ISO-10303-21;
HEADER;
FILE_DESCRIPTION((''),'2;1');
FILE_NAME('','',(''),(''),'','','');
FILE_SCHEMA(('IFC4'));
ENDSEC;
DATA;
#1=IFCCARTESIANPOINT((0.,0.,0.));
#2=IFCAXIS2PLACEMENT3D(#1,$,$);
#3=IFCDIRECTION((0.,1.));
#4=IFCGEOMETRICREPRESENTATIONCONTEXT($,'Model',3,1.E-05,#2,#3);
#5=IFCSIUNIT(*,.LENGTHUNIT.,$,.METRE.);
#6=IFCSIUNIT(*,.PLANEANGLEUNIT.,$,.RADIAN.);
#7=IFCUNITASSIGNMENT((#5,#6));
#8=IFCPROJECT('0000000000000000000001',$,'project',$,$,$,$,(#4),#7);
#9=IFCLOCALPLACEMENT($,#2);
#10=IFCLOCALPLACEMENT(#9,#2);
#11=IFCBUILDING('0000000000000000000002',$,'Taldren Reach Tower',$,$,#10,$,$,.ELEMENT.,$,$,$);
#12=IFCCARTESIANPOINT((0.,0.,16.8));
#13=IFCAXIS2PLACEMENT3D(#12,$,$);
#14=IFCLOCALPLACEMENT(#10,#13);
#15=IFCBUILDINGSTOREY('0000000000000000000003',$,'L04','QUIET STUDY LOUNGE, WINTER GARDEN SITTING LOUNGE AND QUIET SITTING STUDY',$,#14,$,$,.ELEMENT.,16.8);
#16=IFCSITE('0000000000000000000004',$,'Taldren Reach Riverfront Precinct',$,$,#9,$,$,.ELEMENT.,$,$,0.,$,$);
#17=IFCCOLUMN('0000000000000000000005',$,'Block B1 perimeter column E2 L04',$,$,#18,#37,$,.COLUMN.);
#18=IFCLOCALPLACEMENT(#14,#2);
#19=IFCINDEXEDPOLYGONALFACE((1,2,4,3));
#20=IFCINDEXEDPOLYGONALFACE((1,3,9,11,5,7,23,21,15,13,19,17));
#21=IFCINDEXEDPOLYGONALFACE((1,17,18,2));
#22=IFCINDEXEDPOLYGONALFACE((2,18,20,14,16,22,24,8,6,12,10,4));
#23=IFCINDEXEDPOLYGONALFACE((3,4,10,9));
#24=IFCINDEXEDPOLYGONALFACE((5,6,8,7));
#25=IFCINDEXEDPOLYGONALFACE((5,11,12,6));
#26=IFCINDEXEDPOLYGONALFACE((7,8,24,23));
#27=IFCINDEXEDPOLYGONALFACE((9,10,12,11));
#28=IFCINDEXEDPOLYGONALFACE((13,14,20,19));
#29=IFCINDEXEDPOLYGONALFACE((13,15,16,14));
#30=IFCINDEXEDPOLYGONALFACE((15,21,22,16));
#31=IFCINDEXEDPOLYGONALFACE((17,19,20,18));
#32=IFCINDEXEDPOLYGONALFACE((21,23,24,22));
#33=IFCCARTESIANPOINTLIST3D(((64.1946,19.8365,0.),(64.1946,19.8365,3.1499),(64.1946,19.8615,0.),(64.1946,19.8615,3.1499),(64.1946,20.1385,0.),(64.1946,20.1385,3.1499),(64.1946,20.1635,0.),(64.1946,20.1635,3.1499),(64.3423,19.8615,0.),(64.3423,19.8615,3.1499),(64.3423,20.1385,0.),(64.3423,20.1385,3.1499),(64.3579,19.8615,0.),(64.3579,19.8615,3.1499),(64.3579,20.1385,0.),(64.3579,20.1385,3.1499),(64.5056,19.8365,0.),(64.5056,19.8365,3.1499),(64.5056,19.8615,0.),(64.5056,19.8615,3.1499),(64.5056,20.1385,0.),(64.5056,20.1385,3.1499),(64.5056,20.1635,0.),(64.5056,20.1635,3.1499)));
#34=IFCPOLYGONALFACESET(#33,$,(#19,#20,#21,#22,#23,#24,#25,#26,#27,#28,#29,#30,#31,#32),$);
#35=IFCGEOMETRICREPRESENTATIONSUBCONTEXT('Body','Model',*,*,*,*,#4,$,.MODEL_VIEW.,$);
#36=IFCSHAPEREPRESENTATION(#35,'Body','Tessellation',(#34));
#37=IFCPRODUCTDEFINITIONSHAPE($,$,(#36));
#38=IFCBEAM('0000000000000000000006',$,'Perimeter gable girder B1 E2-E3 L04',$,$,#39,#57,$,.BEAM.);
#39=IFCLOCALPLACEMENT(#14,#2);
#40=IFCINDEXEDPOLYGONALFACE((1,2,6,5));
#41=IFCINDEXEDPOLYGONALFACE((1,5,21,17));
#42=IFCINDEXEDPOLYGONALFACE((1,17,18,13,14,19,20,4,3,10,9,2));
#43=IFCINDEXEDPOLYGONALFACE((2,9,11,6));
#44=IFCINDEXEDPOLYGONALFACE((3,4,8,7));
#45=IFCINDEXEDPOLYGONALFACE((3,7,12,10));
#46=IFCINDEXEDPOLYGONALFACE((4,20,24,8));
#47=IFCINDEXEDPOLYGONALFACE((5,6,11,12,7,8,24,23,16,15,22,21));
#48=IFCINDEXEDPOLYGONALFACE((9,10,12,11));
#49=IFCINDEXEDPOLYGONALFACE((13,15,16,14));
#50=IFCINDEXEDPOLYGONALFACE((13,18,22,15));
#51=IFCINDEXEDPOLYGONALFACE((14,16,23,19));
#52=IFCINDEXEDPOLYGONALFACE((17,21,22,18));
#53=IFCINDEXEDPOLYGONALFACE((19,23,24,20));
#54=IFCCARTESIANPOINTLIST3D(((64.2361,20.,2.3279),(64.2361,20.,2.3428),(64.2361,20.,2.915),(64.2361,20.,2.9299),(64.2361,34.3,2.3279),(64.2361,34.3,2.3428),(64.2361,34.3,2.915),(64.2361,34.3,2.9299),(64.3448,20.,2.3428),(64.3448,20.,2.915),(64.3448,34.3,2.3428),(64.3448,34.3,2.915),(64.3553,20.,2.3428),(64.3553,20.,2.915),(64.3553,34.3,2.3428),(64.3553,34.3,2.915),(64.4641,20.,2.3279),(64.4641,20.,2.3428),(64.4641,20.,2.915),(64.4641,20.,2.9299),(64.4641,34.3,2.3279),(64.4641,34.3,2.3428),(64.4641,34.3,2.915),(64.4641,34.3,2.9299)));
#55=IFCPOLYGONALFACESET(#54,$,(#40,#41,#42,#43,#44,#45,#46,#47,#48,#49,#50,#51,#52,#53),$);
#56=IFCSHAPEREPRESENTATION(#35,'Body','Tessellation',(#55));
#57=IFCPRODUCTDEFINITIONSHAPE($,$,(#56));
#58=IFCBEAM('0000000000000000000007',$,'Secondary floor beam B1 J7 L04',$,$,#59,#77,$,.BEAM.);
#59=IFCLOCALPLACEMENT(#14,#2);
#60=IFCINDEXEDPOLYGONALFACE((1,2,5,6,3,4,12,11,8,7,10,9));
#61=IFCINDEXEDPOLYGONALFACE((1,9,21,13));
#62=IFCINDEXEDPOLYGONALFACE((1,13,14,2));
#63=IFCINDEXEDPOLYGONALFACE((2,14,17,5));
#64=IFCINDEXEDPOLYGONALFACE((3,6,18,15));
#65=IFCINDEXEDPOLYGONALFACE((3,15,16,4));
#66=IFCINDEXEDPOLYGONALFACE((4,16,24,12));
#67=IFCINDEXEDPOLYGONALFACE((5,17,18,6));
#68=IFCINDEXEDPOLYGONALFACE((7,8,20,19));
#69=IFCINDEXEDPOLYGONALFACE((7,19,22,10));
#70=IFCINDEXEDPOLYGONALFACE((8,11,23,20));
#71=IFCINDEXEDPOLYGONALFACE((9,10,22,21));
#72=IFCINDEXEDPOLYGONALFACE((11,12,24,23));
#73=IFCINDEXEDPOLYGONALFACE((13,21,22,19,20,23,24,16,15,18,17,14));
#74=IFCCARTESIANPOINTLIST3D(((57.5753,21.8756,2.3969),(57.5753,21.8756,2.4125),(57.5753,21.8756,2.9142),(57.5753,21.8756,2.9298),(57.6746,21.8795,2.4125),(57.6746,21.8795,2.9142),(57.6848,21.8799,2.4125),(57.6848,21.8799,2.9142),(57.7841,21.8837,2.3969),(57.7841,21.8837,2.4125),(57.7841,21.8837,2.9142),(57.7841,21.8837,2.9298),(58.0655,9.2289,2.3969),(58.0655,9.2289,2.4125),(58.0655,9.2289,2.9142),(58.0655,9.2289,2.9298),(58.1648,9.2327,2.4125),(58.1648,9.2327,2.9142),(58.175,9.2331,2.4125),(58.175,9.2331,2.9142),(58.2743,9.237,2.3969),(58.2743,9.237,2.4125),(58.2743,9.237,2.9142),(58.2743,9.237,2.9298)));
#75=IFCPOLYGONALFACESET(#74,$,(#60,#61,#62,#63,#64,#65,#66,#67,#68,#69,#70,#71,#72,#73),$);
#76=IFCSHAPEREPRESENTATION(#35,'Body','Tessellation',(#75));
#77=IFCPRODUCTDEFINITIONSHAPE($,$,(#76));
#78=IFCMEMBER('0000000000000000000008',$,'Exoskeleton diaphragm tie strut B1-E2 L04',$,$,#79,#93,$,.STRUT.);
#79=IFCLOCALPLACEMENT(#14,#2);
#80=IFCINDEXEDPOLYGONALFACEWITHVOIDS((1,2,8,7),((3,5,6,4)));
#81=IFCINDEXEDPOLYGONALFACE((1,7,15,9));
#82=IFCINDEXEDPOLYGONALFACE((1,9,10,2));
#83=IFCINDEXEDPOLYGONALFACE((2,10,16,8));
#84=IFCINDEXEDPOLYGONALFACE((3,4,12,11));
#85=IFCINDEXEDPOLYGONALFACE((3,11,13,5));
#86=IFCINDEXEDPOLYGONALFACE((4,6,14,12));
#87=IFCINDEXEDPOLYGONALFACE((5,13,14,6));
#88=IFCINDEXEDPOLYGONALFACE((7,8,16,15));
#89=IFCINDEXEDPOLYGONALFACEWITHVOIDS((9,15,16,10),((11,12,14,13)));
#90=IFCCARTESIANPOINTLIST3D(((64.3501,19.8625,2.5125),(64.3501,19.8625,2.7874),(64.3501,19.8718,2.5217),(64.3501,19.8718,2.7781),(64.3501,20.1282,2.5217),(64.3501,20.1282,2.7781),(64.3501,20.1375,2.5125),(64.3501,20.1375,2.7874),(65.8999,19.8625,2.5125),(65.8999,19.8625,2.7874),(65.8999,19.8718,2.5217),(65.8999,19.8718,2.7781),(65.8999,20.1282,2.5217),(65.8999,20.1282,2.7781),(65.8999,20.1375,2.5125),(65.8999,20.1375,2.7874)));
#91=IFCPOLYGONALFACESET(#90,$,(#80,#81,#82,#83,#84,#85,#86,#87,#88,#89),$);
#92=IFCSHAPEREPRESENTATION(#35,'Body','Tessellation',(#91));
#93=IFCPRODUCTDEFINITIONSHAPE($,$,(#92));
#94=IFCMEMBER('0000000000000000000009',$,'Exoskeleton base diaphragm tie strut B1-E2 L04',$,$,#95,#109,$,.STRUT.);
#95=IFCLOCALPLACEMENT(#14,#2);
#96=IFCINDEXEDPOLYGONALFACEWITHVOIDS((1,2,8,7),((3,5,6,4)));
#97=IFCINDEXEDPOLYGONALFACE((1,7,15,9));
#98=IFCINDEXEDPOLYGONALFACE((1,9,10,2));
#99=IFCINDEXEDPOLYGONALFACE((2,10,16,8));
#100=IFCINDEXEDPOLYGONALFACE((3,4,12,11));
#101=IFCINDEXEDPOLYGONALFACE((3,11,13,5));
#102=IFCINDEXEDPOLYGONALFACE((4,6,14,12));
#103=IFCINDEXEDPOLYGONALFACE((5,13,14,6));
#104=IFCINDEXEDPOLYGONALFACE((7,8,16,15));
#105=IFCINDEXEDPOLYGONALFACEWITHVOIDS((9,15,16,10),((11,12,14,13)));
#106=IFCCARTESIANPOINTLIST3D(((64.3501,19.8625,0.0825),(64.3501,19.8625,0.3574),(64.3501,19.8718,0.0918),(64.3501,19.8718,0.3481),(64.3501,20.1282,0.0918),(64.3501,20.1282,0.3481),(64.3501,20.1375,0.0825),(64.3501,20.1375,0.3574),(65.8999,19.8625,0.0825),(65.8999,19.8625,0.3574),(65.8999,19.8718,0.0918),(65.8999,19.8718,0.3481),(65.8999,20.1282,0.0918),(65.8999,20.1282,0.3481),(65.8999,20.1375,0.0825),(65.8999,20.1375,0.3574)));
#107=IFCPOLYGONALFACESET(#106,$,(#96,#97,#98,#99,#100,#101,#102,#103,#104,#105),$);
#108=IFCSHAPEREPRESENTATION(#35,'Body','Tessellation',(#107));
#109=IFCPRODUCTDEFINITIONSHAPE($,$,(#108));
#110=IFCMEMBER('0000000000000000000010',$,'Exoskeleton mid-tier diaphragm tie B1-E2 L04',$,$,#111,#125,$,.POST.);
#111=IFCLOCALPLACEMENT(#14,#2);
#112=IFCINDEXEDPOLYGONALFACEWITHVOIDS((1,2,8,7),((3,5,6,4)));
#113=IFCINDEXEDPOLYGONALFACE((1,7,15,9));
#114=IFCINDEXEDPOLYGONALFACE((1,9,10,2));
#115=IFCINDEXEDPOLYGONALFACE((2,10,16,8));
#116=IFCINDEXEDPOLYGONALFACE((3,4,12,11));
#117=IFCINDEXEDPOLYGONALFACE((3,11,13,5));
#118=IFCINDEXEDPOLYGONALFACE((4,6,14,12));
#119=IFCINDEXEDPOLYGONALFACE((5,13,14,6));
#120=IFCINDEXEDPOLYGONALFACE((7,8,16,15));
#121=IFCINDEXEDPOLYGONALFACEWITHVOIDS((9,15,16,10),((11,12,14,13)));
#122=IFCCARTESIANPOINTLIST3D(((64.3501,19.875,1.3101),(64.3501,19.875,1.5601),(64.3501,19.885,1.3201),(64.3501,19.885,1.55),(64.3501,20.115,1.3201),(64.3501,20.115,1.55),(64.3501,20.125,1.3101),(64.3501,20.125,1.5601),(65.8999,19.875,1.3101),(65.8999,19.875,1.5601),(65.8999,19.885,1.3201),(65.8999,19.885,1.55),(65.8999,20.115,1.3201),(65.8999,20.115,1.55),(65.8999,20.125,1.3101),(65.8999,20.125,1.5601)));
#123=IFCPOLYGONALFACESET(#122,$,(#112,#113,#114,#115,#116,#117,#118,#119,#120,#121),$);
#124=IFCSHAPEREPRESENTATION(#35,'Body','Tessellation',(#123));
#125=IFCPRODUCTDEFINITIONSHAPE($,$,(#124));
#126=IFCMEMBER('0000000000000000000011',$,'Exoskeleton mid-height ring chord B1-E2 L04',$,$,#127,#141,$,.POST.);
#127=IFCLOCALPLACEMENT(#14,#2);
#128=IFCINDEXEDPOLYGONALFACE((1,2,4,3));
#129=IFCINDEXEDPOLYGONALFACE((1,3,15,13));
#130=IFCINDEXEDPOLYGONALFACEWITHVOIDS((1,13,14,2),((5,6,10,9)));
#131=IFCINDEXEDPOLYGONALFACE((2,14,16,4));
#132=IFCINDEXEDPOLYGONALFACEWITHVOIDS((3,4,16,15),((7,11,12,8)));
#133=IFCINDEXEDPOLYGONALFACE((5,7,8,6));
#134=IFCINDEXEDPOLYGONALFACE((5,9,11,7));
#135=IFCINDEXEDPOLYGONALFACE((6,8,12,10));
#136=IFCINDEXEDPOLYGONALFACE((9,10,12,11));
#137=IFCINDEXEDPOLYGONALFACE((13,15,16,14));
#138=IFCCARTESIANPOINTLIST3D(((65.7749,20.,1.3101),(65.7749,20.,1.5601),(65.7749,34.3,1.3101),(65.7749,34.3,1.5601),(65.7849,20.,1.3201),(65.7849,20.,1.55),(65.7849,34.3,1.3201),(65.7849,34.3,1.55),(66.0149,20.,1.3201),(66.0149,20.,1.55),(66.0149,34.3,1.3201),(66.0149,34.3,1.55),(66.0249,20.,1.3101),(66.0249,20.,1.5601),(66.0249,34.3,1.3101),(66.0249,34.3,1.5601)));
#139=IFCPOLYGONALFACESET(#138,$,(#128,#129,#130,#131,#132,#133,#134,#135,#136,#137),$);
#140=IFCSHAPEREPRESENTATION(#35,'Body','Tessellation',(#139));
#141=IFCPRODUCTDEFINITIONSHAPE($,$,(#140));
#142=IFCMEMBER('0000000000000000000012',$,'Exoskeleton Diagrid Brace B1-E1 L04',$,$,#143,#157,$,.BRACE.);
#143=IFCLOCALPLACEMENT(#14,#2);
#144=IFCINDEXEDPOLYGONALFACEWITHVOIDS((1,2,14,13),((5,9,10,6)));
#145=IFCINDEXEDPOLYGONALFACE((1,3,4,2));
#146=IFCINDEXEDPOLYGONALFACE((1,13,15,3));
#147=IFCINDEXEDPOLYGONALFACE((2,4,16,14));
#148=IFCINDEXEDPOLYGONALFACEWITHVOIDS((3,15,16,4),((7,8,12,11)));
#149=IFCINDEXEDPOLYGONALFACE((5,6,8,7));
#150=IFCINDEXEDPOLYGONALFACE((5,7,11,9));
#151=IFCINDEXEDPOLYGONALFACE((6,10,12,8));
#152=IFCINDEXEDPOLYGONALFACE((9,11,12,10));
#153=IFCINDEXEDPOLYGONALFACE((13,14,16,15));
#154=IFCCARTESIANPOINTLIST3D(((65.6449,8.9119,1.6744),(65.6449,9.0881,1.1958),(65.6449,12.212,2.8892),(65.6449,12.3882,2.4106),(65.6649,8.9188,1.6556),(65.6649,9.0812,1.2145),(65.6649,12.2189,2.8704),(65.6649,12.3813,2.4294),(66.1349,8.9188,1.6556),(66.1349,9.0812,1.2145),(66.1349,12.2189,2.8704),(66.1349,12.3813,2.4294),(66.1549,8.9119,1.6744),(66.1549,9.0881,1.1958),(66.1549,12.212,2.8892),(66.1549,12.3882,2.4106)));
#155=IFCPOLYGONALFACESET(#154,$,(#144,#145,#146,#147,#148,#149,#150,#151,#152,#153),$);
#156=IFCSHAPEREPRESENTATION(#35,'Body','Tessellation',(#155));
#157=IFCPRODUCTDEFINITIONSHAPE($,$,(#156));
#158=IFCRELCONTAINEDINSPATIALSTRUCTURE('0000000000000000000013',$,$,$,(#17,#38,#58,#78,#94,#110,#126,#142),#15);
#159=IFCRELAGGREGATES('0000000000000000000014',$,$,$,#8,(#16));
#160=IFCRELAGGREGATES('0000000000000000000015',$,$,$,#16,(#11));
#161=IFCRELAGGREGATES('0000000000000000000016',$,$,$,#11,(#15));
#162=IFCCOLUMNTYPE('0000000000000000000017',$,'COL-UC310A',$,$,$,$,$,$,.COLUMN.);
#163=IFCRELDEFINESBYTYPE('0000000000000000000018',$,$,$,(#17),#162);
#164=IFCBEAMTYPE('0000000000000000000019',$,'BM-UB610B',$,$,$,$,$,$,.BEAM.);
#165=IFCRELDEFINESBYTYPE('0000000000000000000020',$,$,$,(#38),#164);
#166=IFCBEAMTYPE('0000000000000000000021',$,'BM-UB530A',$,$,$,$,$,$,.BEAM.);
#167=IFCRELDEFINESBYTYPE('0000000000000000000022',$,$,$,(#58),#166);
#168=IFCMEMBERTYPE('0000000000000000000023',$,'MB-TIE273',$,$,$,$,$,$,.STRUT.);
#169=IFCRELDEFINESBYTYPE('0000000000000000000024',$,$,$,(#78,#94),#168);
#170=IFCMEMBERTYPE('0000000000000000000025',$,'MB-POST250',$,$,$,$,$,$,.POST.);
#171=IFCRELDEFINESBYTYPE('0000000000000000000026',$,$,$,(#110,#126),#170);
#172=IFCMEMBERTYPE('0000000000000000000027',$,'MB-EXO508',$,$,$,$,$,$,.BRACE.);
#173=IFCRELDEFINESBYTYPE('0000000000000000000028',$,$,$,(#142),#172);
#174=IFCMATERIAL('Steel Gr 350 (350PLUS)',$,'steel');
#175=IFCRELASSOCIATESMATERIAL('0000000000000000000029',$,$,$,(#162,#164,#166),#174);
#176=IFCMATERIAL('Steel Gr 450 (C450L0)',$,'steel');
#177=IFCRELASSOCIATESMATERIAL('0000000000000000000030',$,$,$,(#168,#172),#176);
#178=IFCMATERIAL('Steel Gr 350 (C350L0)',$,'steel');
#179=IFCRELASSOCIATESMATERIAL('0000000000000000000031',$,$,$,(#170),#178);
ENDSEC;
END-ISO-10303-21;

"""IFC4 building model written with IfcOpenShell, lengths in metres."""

from ifc_helpers import new_model, si_unit, direction, frame, origin, origin_2d, place, context, subcontext, project, spatial, hollow_rectangle, i_section, extrude, source, transform, mapped, material, material_profile, profile_set, type_object, element, save


model = new_model("IFC4")

# Units and contexts
model_context = context("Model", 3, precision=1e-05, world=origin(), true_north=direction((0.0, 1.0)))
body_context = subcontext(model_context, "Body", "Model", "MODEL_VIEW")
ifc_project = project(units=[si_unit("LENGTHUNIT", "METRE"), si_unit("PLANEANGLEUNIT", "RADIAN")], contexts=[model_context])

# Site, building, storey
site_placement = place(None, origin())
site = spatial("IfcSite", under=ifc_project, at=site_placement, Name="Taldren Reach Riverfront Precinct", CompositionType="ELEMENT", RefElevation=0.0)
building_placement = place(site_placement, origin())
building = spatial("IfcBuilding", under=site, at=building_placement, Name="Taldren Reach Tower", CompositionType="ELEMENT")
storey_placement = place(building_placement, frame((0.0, 0.0, 16.8)))
storey = spatial("IfcBuildingStorey", under=building, at=storey_placement, Name="L04", Description="QUIET STUDY LOUNGE, WINTER GARDEN SITTING LOUNGE AND QUIET SITTING STUDY", CompositionType="ELEMENT", Elevation=16.8)

# Column
ifc_material_1 = material(Name="Steel Gr 350 (350PLUS)", Category="steel")
ifc_material_profile_1 = material_profile(ifc_material_1, i_section(OverallWidth=0.311, OverallDepth=0.3269, WebThickness=0.0156, FlangeThickness=0.0249, at=origin_2d()), Name="310UC158")
ifc_profile_set_1 = profile_set([ifc_material_profile_1], Name="Steel Gr 350 (350PLUS)")
column_type = type_object("IfcColumnType", Name="COL-UC310A", PredefinedType="COLUMN", material=ifc_profile_set_1)
shared_shape_1 = source(origin(), body_context, "Body", "SweptSolid", [
    extrude(i_section(OverallWidth=0.311, OverallDepth=0.3269, WebThickness=0.0156, FlangeThickness=0.0249, at=origin_2d()), origin(), (0.0, 0.0, 1.0), 3.1499),
])
column_placement = place(storey_placement, frame((64.3501, 20.0, 0.0), z_axis=(0.0, 0.0, 1.0), x_axis=(1.0, 0.0, 0.0)))
element("IfcColumn", 1, at=column_placement, inside=storey, type_object=column_type, Name="Block B1 perimeter column E2 L04", PredefinedType="COLUMN", context=body_context, shape_type="MappedRepresentation", body=[
    mapped(shared_shape_1, transform((0.0, 0.0, 0.0), scale=1.0)),
])

# Beams
ifc_material_profile_2 = material_profile(ifc_material_1, i_section(OverallWidth=0.228, OverallDepth=0.6021, WebThickness=0.0105, FlangeThickness=0.0149, at=origin_2d()), Name="610UB101")
ifc_profile_set_2 = profile_set([ifc_material_profile_2], Name="Steel Gr 350 (350PLUS)")
beam_type_1 = type_object("IfcBeamType", Name="BM-UB610B", PredefinedType="BEAM", material=ifc_profile_set_2)
shared_shape_2 = source(origin(), body_context, "Body", "SweptSolid", [
    extrude(i_section(OverallWidth=0.228, OverallDepth=0.6021, WebThickness=0.0105, FlangeThickness=0.0149, at=origin_2d()), origin(), (0.0, 0.0, 1.0), 14.3),
])
beam_1_placement = place(storey_placement, frame((64.3501, 20.0, 2.6289), z_axis=(0.0, 1.0, 0.0), x_axis=(-1.0, 0.0, 0.0)))
element("IfcBeam", 2, at=beam_1_placement, inside=storey, type_object=beam_type_1, Name="Perimeter gable girder B1 E2-E3 L04", PredefinedType="BEAM", context=body_context, shape_type="MappedRepresentation", body=[
    mapped(shared_shape_2, transform((0.0, 0.0, 0.0), scale=1.0)),
])
ifc_material_profile_3 = material_profile(ifc_material_1, i_section(OverallWidth=0.209, OverallDepth=0.533, WebThickness=0.0103, FlangeThickness=0.0156, at=origin_2d()), Name="530UB92.4")
ifc_profile_set_3 = profile_set([ifc_material_profile_3], Name="Steel Gr 350 (350PLUS)")
beam_type_2 = type_object("IfcBeamType", Name="BM-UB530A", PredefinedType="BEAM", material=ifc_profile_set_3)
shared_shape_3 = source(origin(), body_context, "Body", "SweptSolid", [
    extrude(i_section(OverallWidth=0.209, OverallDepth=0.533, WebThickness=0.0103, FlangeThickness=0.0156, at=origin_2d()), origin(), (0.0, 0.0, 1.0), 12.6562),
])
beam_2_placement = place(storey_placement, frame((58.1699, 9.2329, 2.6633), z_axis=(-0.038735, 0.99925, 0.0), x_axis=(-0.99925, -0.038735, 0.0)))
element("IfcBeam", 3, at=beam_2_placement, inside=storey, type_object=beam_type_2, Name="Secondary floor beam B1 J7 L04", PredefinedType="BEAM", context=body_context, shape_type="MappedRepresentation", body=[
    mapped(shared_shape_3, transform((0.0, 0.0, 0.0), scale=1.0)),
])

# Members
ifc_material_2 = material(Name="Steel Gr 450 (C450L0)", Category="steel")
ifc_material_profile_4 = material_profile(ifc_material_2, hollow_rectangle(XDim=0.2749, YDim=0.2749, WallThickness=0.0093, at=origin_2d()), Name="275x275x9.3SHS")
ifc_profile_set_4 = profile_set([ifc_material_profile_4], Name="Steel Gr 450 (C450L0)")
member_type_1 = type_object("IfcMemberType", Name="MB-TIE273", PredefinedType="STRUT", material=ifc_profile_set_4)
shared_shape_4 = source(origin(), body_context, "Body", "SweptSolid", [
    extrude(hollow_rectangle(XDim=0.2749, YDim=0.2749, WallThickness=0.0093, at=origin_2d()), origin(), (0.0, 0.0, 1.0), 1.5498),
])
for number, where, z_axis, x_axis, name in (
    (4, (64.3501, 20.0, 2.6499), (1.0, 0.0, 0.0), (0.0, 1.0, 0.0), "Exoskeleton diaphragm tie strut B1-E2 L04"),
    (5, (64.3501, 20.0, 0.22), (1.0, 0.0, 0.0), (0.0, 1.0, 0.0), "Exoskeleton base diaphragm tie strut B1-E2 L04"),
):
    element("IfcMember", number, at=place(storey_placement, frame(where, z_axis=z_axis, x_axis=x_axis)), inside=storey, type_object=member_type_1, Name=name, PredefinedType="STRUT", context=body_context, shape_type="MappedRepresentation", body=[
        mapped(shared_shape_4, transform((0.0, 0.0, 0.0), scale=1.0)),
    ])
ifc_material_3 = material(Name="Steel Gr 350 (C350L0)", Category="steel")
ifc_material_profile_5 = material_profile(ifc_material_3, hollow_rectangle(XDim=0.25, YDim=0.25, WallThickness=0.01, at=origin_2d()), Name="250x250x10.0SHS")
ifc_profile_set_5 = profile_set([ifc_material_profile_5], Name="Steel Gr 350 (C350L0)")
member_type_2 = type_object("IfcMemberType", Name="MB-POST250", PredefinedType="POST", material=ifc_profile_set_5)
shared_shape_5 = source(origin(), body_context, "Body", "SweptSolid", [
    extrude(hollow_rectangle(XDim=0.25, YDim=0.25, WallThickness=0.01, at=origin_2d()), origin(), (0.0, 0.0, 1.0), 1.5498),
])
member_1_placement = place(storey_placement, frame((64.3501, 20.0, 1.4351), z_axis=(1.0, 0.0, 0.0), x_axis=(0.0, 1.0, 0.0)))
element("IfcMember", 6, at=member_1_placement, inside=storey, type_object=member_type_2, Name="Exoskeleton mid-tier diaphragm tie B1-E2 L04", PredefinedType="POST", context=body_context, shape_type="MappedRepresentation", body=[
    mapped(shared_shape_5, transform((0.0, 0.0, 0.0), scale=1.0)),
])
shared_shape_6 = source(origin(), body_context, "Body", "SweptSolid", [
    extrude(hollow_rectangle(XDim=0.25, YDim=0.25, WallThickness=0.01, at=origin_2d()), origin(), (0.0, 0.0, 1.0), 14.3),
])
member_2_placement = place(storey_placement, frame((65.8999, 20.0, 1.4351), z_axis=(0.0, 1.0, 0.0), x_axis=(-1.0, 0.0, 0.0)))
element("IfcMember", 7, at=member_2_placement, inside=storey, type_object=member_type_2, Name="Exoskeleton mid-height ring chord B1-E2 L04", PredefinedType="POST", context=body_context, shape_type="MappedRepresentation", body=[
    mapped(shared_shape_6, transform((0.0, 0.0, 0.0), scale=1.0)),
])
ifc_material_profile_6 = material_profile(ifc_material_2, hollow_rectangle(XDim=0.51, YDim=0.51, WallThickness=0.02, at=origin_2d()), Name="510x510x20.0SHS")
ifc_profile_set_6 = profile_set([ifc_material_profile_6], Name="Steel Gr 450 (C450L0)")
member_type_3 = type_object("IfcMemberType", Name="MB-EXO508", PredefinedType="BRACE", material=ifc_profile_set_6)
shared_shape_7 = source(origin(), body_context, "Body", "SweptSolid", [
    extrude(hollow_rectangle(XDim=0.51, YDim=0.51, WallThickness=0.02, at=origin_2d()), origin(), (0.0, 0.0, 1.0), 3.5166),
])
member_3_placement = place(storey_placement, frame((65.8999, 9.0, 1.4351), z_axis=(0.0, 0.938432, 0.345464), x_axis=(-1.0, 0.0, 0.0)))
element("IfcMember", 8, at=member_3_placement, inside=storey, type_object=member_type_3, Name="Exoskeleton Diagrid Brace B1-E1 L04", PredefinedType="BRACE", context=body_context, shape_type="MappedRepresentation", body=[
    mapped(shared_shape_7, transform((0.0, 0.0, 0.0), scale=1.0)),
])

save(model, "model.ifc")
